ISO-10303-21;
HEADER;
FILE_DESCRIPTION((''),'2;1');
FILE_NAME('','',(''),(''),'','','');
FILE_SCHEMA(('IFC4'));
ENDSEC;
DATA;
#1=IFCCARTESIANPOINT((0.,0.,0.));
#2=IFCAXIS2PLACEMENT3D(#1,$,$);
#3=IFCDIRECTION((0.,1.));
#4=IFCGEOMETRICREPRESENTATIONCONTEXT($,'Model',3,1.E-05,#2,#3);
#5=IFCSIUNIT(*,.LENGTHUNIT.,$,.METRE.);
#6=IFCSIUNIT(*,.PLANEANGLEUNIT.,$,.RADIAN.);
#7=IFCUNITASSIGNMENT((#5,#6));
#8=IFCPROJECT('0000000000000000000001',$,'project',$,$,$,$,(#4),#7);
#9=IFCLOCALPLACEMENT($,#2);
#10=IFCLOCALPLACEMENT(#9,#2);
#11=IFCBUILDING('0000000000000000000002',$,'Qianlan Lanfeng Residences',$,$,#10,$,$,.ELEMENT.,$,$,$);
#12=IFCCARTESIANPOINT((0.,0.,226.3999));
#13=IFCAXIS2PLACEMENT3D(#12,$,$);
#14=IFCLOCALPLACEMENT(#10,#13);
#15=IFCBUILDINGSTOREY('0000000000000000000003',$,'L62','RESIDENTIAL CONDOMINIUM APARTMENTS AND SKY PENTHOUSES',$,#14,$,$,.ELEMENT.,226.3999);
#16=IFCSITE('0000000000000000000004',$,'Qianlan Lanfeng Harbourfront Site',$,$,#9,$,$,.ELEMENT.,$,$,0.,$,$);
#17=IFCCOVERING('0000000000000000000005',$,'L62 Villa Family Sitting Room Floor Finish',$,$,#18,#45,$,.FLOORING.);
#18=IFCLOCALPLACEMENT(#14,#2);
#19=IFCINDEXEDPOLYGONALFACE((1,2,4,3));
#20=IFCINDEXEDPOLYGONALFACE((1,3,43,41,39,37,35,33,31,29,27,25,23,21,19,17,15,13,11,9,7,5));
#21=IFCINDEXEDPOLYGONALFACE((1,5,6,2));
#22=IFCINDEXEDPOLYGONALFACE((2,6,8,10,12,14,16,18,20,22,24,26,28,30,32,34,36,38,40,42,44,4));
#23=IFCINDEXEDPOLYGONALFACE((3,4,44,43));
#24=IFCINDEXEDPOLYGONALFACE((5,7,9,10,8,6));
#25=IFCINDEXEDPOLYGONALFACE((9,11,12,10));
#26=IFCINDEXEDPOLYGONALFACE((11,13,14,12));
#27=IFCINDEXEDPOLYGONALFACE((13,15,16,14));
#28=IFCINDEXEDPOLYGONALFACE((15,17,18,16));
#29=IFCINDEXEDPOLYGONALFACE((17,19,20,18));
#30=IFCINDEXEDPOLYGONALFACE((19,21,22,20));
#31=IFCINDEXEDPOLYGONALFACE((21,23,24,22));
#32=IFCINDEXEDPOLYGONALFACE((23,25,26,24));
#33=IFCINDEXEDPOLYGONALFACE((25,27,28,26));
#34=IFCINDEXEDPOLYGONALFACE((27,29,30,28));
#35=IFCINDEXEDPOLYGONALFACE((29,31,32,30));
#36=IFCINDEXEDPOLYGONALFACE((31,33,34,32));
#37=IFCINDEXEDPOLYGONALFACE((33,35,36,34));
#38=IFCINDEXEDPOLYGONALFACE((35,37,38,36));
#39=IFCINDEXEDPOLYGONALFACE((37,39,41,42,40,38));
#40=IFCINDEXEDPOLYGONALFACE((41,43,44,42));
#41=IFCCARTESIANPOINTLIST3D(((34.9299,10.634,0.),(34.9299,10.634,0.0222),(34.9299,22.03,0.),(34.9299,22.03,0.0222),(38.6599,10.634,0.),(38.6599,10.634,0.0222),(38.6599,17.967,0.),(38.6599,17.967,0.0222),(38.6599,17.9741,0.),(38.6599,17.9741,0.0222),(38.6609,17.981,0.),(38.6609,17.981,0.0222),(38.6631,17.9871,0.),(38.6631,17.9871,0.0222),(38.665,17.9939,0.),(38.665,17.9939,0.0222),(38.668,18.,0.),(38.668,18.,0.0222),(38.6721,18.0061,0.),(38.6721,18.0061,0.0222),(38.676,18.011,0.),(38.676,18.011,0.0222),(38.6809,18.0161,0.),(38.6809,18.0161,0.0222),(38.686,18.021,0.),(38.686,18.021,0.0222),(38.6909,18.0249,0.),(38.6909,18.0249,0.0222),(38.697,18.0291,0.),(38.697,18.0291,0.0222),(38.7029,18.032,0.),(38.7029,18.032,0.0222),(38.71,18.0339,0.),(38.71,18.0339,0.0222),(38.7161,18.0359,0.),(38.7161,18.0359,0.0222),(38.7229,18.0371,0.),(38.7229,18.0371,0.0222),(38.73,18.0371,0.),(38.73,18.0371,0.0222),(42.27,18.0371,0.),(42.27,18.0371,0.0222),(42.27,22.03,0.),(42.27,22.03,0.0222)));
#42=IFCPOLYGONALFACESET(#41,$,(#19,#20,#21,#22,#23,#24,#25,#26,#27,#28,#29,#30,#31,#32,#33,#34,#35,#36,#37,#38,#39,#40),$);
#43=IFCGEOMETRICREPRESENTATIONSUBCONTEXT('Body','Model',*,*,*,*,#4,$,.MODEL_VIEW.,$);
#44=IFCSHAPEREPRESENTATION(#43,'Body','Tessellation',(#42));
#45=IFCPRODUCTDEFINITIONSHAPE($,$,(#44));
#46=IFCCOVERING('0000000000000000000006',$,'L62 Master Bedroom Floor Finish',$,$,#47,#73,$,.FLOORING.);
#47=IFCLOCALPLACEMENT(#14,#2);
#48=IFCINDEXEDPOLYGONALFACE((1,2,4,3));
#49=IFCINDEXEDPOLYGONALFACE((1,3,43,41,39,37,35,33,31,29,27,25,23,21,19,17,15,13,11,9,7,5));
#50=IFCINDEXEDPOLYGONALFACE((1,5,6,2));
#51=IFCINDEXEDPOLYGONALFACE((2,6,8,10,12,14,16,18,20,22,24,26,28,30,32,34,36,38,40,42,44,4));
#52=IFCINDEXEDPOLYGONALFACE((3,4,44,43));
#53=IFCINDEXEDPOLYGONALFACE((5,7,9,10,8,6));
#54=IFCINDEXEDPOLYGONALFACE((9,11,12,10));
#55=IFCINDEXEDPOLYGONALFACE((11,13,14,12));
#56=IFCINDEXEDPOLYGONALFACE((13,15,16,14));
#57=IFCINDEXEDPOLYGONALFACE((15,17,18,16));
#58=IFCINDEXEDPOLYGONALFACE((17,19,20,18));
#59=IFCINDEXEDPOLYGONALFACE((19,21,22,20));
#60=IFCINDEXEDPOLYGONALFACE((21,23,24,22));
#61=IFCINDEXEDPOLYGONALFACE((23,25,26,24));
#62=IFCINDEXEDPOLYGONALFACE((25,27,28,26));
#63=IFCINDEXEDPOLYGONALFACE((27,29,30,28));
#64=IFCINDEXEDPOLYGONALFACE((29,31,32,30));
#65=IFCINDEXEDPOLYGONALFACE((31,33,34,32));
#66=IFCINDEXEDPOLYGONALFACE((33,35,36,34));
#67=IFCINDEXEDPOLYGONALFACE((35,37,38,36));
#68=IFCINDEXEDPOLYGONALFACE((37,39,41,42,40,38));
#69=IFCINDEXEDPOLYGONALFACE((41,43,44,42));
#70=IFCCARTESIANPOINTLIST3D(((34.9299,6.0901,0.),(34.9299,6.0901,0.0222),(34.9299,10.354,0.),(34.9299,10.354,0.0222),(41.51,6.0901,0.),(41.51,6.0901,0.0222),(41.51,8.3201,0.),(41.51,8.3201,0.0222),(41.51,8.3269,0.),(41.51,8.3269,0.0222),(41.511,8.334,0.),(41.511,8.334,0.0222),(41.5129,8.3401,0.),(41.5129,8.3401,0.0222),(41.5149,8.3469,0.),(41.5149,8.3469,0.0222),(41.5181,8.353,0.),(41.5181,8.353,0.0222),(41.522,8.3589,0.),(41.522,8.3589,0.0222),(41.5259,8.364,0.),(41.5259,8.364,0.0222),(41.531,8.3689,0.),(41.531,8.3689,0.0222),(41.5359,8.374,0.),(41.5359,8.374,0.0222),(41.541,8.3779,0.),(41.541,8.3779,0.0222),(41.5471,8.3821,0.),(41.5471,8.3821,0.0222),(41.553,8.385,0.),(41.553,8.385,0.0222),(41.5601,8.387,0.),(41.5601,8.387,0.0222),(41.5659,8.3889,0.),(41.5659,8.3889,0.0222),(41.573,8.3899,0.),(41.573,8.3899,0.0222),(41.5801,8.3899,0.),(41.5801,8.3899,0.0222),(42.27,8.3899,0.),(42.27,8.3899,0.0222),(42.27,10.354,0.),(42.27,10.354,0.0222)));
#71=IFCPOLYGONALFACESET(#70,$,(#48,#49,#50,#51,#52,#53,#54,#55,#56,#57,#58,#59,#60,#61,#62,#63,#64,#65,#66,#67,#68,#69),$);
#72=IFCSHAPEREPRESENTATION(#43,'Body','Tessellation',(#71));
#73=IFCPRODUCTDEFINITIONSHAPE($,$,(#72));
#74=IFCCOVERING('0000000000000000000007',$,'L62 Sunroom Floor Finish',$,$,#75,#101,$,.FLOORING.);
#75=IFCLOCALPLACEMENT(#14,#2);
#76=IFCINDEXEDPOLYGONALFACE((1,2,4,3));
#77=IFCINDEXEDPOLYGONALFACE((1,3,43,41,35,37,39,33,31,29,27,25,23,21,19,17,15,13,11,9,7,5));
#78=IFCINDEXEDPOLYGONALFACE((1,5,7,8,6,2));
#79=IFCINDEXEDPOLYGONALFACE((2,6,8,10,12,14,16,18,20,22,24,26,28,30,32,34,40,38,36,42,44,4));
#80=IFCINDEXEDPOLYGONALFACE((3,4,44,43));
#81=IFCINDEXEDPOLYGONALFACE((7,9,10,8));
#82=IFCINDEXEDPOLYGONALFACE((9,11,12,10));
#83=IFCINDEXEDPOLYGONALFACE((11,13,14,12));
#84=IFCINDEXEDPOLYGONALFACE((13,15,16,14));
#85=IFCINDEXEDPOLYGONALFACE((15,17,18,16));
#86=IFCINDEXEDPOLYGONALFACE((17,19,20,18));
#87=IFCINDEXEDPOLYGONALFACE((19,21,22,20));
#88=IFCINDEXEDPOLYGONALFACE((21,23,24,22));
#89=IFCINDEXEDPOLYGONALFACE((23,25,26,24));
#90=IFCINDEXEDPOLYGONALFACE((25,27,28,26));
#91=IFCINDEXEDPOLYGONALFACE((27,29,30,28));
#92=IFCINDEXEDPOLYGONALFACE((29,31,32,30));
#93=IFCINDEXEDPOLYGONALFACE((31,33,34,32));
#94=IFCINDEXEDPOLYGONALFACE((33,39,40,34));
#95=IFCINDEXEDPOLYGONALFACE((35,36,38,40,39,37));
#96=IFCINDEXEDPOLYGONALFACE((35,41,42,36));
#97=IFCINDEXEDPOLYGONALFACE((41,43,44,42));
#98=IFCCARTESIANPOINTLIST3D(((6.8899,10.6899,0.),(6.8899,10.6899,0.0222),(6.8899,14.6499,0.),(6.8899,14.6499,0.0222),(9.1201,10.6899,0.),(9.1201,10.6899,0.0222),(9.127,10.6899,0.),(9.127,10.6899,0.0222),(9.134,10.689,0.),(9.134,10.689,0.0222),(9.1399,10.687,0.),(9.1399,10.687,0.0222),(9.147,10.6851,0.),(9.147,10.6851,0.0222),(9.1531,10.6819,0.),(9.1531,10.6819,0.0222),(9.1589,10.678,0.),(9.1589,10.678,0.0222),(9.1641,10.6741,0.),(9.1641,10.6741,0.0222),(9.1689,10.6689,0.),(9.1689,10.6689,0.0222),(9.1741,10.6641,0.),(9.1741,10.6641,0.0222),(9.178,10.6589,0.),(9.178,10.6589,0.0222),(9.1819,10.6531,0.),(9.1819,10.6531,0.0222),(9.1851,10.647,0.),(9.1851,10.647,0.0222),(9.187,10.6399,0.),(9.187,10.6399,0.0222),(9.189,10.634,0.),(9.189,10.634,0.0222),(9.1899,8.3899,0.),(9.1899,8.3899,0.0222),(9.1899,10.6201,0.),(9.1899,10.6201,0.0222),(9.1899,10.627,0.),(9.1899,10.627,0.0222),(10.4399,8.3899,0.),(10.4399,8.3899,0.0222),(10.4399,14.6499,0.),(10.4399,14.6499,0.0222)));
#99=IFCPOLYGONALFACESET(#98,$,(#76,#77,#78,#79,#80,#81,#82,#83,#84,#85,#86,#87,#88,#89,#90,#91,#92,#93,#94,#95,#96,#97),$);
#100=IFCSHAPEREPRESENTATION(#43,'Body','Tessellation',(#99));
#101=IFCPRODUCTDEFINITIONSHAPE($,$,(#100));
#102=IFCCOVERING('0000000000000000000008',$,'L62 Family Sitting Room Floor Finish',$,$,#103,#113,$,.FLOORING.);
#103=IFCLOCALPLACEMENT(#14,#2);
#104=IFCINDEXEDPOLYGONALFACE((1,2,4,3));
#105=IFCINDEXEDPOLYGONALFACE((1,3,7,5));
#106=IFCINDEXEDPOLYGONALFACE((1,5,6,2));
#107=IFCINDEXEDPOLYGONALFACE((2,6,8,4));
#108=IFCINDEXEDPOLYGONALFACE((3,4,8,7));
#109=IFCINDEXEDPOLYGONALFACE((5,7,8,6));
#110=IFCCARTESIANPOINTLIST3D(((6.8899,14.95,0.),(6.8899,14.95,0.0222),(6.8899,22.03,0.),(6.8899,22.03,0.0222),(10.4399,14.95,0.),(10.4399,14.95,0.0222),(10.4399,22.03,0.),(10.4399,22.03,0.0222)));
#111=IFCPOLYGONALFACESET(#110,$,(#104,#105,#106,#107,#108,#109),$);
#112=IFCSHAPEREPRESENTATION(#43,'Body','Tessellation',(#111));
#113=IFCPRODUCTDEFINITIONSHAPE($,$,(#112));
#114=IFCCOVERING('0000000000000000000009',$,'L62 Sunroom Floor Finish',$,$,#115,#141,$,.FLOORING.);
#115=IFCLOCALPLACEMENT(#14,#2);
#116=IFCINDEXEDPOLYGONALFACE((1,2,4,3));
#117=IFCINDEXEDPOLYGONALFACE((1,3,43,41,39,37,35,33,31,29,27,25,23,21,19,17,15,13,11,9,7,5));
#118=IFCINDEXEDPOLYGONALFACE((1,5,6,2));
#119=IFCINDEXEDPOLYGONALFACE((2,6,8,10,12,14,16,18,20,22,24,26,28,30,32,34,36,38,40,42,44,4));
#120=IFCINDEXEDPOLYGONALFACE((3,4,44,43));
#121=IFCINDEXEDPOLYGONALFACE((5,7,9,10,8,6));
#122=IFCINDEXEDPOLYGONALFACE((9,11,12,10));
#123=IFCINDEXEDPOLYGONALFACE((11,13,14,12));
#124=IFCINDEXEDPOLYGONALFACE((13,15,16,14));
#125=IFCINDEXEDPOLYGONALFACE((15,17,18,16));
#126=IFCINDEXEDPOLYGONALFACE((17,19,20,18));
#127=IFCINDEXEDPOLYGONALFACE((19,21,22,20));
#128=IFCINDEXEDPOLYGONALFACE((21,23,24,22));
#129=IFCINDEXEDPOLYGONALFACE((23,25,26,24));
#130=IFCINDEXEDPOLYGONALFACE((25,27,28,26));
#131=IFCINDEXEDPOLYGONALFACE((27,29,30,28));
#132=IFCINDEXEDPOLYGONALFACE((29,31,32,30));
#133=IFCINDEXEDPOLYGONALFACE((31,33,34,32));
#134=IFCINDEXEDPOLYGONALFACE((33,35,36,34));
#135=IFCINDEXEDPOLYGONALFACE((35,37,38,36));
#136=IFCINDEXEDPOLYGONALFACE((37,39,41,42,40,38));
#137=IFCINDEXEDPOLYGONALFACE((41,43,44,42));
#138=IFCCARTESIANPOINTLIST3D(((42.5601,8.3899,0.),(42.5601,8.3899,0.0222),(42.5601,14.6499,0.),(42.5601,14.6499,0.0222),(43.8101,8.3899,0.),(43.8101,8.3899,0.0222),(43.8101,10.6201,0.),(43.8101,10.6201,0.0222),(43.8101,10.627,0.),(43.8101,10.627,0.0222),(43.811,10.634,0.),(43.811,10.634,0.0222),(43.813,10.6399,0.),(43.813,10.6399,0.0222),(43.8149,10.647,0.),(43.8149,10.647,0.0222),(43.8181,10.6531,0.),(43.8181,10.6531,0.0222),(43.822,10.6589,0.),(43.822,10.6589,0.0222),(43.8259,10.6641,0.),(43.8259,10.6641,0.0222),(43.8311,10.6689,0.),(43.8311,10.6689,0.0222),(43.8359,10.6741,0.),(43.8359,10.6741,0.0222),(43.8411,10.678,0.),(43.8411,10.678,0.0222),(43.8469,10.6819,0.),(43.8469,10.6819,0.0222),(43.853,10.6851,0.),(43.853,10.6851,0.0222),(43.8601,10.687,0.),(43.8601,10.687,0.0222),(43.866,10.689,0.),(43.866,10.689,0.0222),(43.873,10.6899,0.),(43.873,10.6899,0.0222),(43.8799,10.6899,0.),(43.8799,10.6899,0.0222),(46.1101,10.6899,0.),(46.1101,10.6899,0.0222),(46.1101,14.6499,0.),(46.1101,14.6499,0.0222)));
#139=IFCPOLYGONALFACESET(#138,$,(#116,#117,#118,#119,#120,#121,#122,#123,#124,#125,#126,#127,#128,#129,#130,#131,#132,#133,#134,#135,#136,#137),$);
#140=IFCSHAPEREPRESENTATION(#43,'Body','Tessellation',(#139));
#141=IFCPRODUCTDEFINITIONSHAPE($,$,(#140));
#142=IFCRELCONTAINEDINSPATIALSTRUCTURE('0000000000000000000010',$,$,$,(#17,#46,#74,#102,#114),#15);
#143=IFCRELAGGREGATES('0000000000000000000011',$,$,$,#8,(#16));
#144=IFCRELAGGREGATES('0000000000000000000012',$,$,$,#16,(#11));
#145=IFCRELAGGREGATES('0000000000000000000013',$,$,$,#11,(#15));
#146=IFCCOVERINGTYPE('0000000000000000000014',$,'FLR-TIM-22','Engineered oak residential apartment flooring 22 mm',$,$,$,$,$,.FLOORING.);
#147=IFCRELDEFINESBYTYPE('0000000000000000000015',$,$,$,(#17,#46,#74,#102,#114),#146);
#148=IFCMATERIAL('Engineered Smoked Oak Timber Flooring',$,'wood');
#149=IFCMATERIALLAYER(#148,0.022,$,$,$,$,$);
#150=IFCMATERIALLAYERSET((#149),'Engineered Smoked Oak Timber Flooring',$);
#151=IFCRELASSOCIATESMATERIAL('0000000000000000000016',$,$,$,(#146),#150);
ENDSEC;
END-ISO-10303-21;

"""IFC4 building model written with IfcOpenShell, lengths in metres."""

from ifc_helpers import new_model, si_unit, direction, frame, origin, place, context, subcontext, project, spatial, polyline, outline, extrude, material, layer, layer_set, type_object, element, save


model = new_model("IFC4")

# Units and contexts
model_context = context("Model", 3, precision=1e-05, world=origin(), true_north=direction((0.0, 1.0)))
body_context = subcontext(model_context, "Body", "Model", "MODEL_VIEW")
ifc_project = project(units=[si_unit("LENGTHUNIT", "METRE"), si_unit("PLANEANGLEUNIT", "RADIAN")], contexts=[model_context])

# Site, building, storey
site_placement = place(None, origin())
site = spatial("IfcSite", under=ifc_project, at=site_placement, Name="Qianlan Lanfeng Harbourfront Site", CompositionType="ELEMENT", RefElevation=0.0)
building_placement = place(site_placement, origin())
building = spatial("IfcBuilding", under=site, at=building_placement, Name="Qianlan Lanfeng Residences", CompositionType="ELEMENT")
storey_placement = place(building_placement, frame((0.0, 0.0, 226.3999)))
storey = spatial("IfcBuildingStorey", under=building, at=storey_placement, Name="L62", Description="RESIDENTIAL CONDOMINIUM APARTMENTS AND SKY PENTHOUSES", CompositionType="ELEMENT", Elevation=226.3999)

# Coverings
ifc_material_1 = material(Name="Engineered Smoked Oak Timber Flooring", Category="wood")
ifc_layer_1 = layer(ifc_material_1, 0.022)
ifc_layer_set_1 = layer_set([ifc_layer_1], Name="Engineered Smoked Oak Timber Flooring")
covering_type_1 = type_object("IfcCoveringType", Name="FLR-TIM-22", Description="Engineered oak residential apartment flooring 22 mm", PredefinedType="FLOORING", material=ifc_layer_set_1)
covering_1_placement = place(storey_placement, origin())
element("IfcCovering", 1, at=covering_1_placement, inside=storey, type_object=covering_type_1, Name="L62 Villa Family Sitting Room Floor Finish", PredefinedType="FLOORING", context=body_context, shape_type="SweptSolid", body=[
    extrude(outline(polyline([(34.9299, 10.634), (38.6599, 10.634), (38.6599, 17.967), (38.6599, 17.9741), (38.6609, 17.981), (38.6631, 17.9871), (38.665, 17.9939), (38.668, 18.0), (38.6721, 18.0061), (38.676, 18.011), (38.6809, 18.0161), (38.686, 18.021), (38.6909, 18.0249), (38.697, 18.0291), (38.7029, 18.032), (38.71, 18.0339), (38.7161, 18.0359), (38.7229, 18.0371), (38.73, 18.0371), (42.27, 18.0371), (42.27, 22.03), (34.9299, 22.03), (34.9299, 10.634)])), origin(), (0.0, 0.0, 1.0), 0.0222),
])
covering_2_placement = place(storey_placement, origin())
element("IfcCovering", 2, at=covering_2_placement, inside=storey, type_object=covering_type_1, Name="L62 Master Bedroom Floor Finish", PredefinedType="FLOORING", context=body_context, shape_type="SweptSolid", body=[
    extrude(outline(polyline([(34.9299, 10.354), (34.9299, 6.0901), (41.51, 6.0901), (41.51, 8.3201), (41.51, 8.3269), (41.511, 8.334), (41.5129, 8.3401), (41.5149, 8.3469), (41.5181, 8.353), (41.522, 8.3589), (41.5259, 8.364), (41.531, 8.3689), (41.5359, 8.374), (41.541, 8.3779), (41.5471, 8.3821), (41.553, 8.385), (41.5601, 8.387), (41.5659, 8.3889), (41.573, 8.3899), (41.5801, 8.3899), (42.27, 8.3899), (42.27, 10.354), (34.9299, 10.354)])), origin(), (0.0, 0.0, 1.0), 0.0222),
])
covering_3_placement = place(storey_placement, origin())
element("IfcCovering", 3, at=covering_3_placement, inside=storey, type_object=covering_type_1, Name="L62 Sunroom Floor Finish", PredefinedType="FLOORING", context=body_context, shape_type="SweptSolid", body=[
    extrude(outline(polyline([(10.4399, 14.6499), (6.8899, 14.6499), (6.8899, 10.6899), (9.1201, 10.6899), (9.127, 10.6899), (9.134, 10.689), (9.1399, 10.687), (9.147, 10.6851), (9.1531, 10.6819), (9.1589, 10.678), (9.1641, 10.6741), (9.1689, 10.6689), (9.1741, 10.6641), (9.178, 10.6589), (9.1819, 10.6531), (9.1851, 10.647), (9.187, 10.6399), (9.189, 10.634), (9.1899, 10.627), (9.1899, 10.6201), (9.1899, 8.3899), (10.4399, 8.3899), (10.4399, 14.6499)])), origin(), (0.0, 0.0, 1.0), 0.0222),
])
covering_4_placement = place(storey_placement, origin())
element("IfcCovering", 4, at=covering_4_placement, inside=storey, type_object=covering_type_1, Name="L62 Family Sitting Room Floor Finish", PredefinedType="FLOORING", context=body_context, shape_type="SweptSolid", body=[
    extrude(outline(polyline([(10.4399, 22.03), (6.8899, 22.03), (6.8899, 14.95), (10.4399, 14.95), (10.4399, 22.03)])), origin(), (0.0, 0.0, 1.0), 0.0222),
])
covering_5_placement = place(storey_placement, origin())
element("IfcCovering", 5, at=covering_5_placement, inside=storey, type_object=covering_type_1, Name="L62 Sunroom Floor Finish", PredefinedType="FLOORING", context=body_context, shape_type="SweptSolid", body=[
    extrude(outline(polyline([(46.1101, 14.6499), (42.5601, 14.6499), (42.5601, 8.3899), (43.8101, 8.3899), (43.8101, 10.6201), (43.8101, 10.627), (43.811, 10.634), (43.813, 10.6399), (43.8149, 10.647), (43.8181, 10.6531), (43.822, 10.6589), (43.8259, 10.6641), (43.8311, 10.6689), (43.8359, 10.6741), (43.8411, 10.678), (43.8469, 10.6819), (43.853, 10.6851), (43.8601, 10.687), (43.866, 10.689), (43.873, 10.6899), (43.8799, 10.6899), (46.1101, 10.6899), (46.1101, 14.6499)])), origin(), (0.0, 0.0, 1.0), 0.0222),
])

save(model, "model.ifc")
